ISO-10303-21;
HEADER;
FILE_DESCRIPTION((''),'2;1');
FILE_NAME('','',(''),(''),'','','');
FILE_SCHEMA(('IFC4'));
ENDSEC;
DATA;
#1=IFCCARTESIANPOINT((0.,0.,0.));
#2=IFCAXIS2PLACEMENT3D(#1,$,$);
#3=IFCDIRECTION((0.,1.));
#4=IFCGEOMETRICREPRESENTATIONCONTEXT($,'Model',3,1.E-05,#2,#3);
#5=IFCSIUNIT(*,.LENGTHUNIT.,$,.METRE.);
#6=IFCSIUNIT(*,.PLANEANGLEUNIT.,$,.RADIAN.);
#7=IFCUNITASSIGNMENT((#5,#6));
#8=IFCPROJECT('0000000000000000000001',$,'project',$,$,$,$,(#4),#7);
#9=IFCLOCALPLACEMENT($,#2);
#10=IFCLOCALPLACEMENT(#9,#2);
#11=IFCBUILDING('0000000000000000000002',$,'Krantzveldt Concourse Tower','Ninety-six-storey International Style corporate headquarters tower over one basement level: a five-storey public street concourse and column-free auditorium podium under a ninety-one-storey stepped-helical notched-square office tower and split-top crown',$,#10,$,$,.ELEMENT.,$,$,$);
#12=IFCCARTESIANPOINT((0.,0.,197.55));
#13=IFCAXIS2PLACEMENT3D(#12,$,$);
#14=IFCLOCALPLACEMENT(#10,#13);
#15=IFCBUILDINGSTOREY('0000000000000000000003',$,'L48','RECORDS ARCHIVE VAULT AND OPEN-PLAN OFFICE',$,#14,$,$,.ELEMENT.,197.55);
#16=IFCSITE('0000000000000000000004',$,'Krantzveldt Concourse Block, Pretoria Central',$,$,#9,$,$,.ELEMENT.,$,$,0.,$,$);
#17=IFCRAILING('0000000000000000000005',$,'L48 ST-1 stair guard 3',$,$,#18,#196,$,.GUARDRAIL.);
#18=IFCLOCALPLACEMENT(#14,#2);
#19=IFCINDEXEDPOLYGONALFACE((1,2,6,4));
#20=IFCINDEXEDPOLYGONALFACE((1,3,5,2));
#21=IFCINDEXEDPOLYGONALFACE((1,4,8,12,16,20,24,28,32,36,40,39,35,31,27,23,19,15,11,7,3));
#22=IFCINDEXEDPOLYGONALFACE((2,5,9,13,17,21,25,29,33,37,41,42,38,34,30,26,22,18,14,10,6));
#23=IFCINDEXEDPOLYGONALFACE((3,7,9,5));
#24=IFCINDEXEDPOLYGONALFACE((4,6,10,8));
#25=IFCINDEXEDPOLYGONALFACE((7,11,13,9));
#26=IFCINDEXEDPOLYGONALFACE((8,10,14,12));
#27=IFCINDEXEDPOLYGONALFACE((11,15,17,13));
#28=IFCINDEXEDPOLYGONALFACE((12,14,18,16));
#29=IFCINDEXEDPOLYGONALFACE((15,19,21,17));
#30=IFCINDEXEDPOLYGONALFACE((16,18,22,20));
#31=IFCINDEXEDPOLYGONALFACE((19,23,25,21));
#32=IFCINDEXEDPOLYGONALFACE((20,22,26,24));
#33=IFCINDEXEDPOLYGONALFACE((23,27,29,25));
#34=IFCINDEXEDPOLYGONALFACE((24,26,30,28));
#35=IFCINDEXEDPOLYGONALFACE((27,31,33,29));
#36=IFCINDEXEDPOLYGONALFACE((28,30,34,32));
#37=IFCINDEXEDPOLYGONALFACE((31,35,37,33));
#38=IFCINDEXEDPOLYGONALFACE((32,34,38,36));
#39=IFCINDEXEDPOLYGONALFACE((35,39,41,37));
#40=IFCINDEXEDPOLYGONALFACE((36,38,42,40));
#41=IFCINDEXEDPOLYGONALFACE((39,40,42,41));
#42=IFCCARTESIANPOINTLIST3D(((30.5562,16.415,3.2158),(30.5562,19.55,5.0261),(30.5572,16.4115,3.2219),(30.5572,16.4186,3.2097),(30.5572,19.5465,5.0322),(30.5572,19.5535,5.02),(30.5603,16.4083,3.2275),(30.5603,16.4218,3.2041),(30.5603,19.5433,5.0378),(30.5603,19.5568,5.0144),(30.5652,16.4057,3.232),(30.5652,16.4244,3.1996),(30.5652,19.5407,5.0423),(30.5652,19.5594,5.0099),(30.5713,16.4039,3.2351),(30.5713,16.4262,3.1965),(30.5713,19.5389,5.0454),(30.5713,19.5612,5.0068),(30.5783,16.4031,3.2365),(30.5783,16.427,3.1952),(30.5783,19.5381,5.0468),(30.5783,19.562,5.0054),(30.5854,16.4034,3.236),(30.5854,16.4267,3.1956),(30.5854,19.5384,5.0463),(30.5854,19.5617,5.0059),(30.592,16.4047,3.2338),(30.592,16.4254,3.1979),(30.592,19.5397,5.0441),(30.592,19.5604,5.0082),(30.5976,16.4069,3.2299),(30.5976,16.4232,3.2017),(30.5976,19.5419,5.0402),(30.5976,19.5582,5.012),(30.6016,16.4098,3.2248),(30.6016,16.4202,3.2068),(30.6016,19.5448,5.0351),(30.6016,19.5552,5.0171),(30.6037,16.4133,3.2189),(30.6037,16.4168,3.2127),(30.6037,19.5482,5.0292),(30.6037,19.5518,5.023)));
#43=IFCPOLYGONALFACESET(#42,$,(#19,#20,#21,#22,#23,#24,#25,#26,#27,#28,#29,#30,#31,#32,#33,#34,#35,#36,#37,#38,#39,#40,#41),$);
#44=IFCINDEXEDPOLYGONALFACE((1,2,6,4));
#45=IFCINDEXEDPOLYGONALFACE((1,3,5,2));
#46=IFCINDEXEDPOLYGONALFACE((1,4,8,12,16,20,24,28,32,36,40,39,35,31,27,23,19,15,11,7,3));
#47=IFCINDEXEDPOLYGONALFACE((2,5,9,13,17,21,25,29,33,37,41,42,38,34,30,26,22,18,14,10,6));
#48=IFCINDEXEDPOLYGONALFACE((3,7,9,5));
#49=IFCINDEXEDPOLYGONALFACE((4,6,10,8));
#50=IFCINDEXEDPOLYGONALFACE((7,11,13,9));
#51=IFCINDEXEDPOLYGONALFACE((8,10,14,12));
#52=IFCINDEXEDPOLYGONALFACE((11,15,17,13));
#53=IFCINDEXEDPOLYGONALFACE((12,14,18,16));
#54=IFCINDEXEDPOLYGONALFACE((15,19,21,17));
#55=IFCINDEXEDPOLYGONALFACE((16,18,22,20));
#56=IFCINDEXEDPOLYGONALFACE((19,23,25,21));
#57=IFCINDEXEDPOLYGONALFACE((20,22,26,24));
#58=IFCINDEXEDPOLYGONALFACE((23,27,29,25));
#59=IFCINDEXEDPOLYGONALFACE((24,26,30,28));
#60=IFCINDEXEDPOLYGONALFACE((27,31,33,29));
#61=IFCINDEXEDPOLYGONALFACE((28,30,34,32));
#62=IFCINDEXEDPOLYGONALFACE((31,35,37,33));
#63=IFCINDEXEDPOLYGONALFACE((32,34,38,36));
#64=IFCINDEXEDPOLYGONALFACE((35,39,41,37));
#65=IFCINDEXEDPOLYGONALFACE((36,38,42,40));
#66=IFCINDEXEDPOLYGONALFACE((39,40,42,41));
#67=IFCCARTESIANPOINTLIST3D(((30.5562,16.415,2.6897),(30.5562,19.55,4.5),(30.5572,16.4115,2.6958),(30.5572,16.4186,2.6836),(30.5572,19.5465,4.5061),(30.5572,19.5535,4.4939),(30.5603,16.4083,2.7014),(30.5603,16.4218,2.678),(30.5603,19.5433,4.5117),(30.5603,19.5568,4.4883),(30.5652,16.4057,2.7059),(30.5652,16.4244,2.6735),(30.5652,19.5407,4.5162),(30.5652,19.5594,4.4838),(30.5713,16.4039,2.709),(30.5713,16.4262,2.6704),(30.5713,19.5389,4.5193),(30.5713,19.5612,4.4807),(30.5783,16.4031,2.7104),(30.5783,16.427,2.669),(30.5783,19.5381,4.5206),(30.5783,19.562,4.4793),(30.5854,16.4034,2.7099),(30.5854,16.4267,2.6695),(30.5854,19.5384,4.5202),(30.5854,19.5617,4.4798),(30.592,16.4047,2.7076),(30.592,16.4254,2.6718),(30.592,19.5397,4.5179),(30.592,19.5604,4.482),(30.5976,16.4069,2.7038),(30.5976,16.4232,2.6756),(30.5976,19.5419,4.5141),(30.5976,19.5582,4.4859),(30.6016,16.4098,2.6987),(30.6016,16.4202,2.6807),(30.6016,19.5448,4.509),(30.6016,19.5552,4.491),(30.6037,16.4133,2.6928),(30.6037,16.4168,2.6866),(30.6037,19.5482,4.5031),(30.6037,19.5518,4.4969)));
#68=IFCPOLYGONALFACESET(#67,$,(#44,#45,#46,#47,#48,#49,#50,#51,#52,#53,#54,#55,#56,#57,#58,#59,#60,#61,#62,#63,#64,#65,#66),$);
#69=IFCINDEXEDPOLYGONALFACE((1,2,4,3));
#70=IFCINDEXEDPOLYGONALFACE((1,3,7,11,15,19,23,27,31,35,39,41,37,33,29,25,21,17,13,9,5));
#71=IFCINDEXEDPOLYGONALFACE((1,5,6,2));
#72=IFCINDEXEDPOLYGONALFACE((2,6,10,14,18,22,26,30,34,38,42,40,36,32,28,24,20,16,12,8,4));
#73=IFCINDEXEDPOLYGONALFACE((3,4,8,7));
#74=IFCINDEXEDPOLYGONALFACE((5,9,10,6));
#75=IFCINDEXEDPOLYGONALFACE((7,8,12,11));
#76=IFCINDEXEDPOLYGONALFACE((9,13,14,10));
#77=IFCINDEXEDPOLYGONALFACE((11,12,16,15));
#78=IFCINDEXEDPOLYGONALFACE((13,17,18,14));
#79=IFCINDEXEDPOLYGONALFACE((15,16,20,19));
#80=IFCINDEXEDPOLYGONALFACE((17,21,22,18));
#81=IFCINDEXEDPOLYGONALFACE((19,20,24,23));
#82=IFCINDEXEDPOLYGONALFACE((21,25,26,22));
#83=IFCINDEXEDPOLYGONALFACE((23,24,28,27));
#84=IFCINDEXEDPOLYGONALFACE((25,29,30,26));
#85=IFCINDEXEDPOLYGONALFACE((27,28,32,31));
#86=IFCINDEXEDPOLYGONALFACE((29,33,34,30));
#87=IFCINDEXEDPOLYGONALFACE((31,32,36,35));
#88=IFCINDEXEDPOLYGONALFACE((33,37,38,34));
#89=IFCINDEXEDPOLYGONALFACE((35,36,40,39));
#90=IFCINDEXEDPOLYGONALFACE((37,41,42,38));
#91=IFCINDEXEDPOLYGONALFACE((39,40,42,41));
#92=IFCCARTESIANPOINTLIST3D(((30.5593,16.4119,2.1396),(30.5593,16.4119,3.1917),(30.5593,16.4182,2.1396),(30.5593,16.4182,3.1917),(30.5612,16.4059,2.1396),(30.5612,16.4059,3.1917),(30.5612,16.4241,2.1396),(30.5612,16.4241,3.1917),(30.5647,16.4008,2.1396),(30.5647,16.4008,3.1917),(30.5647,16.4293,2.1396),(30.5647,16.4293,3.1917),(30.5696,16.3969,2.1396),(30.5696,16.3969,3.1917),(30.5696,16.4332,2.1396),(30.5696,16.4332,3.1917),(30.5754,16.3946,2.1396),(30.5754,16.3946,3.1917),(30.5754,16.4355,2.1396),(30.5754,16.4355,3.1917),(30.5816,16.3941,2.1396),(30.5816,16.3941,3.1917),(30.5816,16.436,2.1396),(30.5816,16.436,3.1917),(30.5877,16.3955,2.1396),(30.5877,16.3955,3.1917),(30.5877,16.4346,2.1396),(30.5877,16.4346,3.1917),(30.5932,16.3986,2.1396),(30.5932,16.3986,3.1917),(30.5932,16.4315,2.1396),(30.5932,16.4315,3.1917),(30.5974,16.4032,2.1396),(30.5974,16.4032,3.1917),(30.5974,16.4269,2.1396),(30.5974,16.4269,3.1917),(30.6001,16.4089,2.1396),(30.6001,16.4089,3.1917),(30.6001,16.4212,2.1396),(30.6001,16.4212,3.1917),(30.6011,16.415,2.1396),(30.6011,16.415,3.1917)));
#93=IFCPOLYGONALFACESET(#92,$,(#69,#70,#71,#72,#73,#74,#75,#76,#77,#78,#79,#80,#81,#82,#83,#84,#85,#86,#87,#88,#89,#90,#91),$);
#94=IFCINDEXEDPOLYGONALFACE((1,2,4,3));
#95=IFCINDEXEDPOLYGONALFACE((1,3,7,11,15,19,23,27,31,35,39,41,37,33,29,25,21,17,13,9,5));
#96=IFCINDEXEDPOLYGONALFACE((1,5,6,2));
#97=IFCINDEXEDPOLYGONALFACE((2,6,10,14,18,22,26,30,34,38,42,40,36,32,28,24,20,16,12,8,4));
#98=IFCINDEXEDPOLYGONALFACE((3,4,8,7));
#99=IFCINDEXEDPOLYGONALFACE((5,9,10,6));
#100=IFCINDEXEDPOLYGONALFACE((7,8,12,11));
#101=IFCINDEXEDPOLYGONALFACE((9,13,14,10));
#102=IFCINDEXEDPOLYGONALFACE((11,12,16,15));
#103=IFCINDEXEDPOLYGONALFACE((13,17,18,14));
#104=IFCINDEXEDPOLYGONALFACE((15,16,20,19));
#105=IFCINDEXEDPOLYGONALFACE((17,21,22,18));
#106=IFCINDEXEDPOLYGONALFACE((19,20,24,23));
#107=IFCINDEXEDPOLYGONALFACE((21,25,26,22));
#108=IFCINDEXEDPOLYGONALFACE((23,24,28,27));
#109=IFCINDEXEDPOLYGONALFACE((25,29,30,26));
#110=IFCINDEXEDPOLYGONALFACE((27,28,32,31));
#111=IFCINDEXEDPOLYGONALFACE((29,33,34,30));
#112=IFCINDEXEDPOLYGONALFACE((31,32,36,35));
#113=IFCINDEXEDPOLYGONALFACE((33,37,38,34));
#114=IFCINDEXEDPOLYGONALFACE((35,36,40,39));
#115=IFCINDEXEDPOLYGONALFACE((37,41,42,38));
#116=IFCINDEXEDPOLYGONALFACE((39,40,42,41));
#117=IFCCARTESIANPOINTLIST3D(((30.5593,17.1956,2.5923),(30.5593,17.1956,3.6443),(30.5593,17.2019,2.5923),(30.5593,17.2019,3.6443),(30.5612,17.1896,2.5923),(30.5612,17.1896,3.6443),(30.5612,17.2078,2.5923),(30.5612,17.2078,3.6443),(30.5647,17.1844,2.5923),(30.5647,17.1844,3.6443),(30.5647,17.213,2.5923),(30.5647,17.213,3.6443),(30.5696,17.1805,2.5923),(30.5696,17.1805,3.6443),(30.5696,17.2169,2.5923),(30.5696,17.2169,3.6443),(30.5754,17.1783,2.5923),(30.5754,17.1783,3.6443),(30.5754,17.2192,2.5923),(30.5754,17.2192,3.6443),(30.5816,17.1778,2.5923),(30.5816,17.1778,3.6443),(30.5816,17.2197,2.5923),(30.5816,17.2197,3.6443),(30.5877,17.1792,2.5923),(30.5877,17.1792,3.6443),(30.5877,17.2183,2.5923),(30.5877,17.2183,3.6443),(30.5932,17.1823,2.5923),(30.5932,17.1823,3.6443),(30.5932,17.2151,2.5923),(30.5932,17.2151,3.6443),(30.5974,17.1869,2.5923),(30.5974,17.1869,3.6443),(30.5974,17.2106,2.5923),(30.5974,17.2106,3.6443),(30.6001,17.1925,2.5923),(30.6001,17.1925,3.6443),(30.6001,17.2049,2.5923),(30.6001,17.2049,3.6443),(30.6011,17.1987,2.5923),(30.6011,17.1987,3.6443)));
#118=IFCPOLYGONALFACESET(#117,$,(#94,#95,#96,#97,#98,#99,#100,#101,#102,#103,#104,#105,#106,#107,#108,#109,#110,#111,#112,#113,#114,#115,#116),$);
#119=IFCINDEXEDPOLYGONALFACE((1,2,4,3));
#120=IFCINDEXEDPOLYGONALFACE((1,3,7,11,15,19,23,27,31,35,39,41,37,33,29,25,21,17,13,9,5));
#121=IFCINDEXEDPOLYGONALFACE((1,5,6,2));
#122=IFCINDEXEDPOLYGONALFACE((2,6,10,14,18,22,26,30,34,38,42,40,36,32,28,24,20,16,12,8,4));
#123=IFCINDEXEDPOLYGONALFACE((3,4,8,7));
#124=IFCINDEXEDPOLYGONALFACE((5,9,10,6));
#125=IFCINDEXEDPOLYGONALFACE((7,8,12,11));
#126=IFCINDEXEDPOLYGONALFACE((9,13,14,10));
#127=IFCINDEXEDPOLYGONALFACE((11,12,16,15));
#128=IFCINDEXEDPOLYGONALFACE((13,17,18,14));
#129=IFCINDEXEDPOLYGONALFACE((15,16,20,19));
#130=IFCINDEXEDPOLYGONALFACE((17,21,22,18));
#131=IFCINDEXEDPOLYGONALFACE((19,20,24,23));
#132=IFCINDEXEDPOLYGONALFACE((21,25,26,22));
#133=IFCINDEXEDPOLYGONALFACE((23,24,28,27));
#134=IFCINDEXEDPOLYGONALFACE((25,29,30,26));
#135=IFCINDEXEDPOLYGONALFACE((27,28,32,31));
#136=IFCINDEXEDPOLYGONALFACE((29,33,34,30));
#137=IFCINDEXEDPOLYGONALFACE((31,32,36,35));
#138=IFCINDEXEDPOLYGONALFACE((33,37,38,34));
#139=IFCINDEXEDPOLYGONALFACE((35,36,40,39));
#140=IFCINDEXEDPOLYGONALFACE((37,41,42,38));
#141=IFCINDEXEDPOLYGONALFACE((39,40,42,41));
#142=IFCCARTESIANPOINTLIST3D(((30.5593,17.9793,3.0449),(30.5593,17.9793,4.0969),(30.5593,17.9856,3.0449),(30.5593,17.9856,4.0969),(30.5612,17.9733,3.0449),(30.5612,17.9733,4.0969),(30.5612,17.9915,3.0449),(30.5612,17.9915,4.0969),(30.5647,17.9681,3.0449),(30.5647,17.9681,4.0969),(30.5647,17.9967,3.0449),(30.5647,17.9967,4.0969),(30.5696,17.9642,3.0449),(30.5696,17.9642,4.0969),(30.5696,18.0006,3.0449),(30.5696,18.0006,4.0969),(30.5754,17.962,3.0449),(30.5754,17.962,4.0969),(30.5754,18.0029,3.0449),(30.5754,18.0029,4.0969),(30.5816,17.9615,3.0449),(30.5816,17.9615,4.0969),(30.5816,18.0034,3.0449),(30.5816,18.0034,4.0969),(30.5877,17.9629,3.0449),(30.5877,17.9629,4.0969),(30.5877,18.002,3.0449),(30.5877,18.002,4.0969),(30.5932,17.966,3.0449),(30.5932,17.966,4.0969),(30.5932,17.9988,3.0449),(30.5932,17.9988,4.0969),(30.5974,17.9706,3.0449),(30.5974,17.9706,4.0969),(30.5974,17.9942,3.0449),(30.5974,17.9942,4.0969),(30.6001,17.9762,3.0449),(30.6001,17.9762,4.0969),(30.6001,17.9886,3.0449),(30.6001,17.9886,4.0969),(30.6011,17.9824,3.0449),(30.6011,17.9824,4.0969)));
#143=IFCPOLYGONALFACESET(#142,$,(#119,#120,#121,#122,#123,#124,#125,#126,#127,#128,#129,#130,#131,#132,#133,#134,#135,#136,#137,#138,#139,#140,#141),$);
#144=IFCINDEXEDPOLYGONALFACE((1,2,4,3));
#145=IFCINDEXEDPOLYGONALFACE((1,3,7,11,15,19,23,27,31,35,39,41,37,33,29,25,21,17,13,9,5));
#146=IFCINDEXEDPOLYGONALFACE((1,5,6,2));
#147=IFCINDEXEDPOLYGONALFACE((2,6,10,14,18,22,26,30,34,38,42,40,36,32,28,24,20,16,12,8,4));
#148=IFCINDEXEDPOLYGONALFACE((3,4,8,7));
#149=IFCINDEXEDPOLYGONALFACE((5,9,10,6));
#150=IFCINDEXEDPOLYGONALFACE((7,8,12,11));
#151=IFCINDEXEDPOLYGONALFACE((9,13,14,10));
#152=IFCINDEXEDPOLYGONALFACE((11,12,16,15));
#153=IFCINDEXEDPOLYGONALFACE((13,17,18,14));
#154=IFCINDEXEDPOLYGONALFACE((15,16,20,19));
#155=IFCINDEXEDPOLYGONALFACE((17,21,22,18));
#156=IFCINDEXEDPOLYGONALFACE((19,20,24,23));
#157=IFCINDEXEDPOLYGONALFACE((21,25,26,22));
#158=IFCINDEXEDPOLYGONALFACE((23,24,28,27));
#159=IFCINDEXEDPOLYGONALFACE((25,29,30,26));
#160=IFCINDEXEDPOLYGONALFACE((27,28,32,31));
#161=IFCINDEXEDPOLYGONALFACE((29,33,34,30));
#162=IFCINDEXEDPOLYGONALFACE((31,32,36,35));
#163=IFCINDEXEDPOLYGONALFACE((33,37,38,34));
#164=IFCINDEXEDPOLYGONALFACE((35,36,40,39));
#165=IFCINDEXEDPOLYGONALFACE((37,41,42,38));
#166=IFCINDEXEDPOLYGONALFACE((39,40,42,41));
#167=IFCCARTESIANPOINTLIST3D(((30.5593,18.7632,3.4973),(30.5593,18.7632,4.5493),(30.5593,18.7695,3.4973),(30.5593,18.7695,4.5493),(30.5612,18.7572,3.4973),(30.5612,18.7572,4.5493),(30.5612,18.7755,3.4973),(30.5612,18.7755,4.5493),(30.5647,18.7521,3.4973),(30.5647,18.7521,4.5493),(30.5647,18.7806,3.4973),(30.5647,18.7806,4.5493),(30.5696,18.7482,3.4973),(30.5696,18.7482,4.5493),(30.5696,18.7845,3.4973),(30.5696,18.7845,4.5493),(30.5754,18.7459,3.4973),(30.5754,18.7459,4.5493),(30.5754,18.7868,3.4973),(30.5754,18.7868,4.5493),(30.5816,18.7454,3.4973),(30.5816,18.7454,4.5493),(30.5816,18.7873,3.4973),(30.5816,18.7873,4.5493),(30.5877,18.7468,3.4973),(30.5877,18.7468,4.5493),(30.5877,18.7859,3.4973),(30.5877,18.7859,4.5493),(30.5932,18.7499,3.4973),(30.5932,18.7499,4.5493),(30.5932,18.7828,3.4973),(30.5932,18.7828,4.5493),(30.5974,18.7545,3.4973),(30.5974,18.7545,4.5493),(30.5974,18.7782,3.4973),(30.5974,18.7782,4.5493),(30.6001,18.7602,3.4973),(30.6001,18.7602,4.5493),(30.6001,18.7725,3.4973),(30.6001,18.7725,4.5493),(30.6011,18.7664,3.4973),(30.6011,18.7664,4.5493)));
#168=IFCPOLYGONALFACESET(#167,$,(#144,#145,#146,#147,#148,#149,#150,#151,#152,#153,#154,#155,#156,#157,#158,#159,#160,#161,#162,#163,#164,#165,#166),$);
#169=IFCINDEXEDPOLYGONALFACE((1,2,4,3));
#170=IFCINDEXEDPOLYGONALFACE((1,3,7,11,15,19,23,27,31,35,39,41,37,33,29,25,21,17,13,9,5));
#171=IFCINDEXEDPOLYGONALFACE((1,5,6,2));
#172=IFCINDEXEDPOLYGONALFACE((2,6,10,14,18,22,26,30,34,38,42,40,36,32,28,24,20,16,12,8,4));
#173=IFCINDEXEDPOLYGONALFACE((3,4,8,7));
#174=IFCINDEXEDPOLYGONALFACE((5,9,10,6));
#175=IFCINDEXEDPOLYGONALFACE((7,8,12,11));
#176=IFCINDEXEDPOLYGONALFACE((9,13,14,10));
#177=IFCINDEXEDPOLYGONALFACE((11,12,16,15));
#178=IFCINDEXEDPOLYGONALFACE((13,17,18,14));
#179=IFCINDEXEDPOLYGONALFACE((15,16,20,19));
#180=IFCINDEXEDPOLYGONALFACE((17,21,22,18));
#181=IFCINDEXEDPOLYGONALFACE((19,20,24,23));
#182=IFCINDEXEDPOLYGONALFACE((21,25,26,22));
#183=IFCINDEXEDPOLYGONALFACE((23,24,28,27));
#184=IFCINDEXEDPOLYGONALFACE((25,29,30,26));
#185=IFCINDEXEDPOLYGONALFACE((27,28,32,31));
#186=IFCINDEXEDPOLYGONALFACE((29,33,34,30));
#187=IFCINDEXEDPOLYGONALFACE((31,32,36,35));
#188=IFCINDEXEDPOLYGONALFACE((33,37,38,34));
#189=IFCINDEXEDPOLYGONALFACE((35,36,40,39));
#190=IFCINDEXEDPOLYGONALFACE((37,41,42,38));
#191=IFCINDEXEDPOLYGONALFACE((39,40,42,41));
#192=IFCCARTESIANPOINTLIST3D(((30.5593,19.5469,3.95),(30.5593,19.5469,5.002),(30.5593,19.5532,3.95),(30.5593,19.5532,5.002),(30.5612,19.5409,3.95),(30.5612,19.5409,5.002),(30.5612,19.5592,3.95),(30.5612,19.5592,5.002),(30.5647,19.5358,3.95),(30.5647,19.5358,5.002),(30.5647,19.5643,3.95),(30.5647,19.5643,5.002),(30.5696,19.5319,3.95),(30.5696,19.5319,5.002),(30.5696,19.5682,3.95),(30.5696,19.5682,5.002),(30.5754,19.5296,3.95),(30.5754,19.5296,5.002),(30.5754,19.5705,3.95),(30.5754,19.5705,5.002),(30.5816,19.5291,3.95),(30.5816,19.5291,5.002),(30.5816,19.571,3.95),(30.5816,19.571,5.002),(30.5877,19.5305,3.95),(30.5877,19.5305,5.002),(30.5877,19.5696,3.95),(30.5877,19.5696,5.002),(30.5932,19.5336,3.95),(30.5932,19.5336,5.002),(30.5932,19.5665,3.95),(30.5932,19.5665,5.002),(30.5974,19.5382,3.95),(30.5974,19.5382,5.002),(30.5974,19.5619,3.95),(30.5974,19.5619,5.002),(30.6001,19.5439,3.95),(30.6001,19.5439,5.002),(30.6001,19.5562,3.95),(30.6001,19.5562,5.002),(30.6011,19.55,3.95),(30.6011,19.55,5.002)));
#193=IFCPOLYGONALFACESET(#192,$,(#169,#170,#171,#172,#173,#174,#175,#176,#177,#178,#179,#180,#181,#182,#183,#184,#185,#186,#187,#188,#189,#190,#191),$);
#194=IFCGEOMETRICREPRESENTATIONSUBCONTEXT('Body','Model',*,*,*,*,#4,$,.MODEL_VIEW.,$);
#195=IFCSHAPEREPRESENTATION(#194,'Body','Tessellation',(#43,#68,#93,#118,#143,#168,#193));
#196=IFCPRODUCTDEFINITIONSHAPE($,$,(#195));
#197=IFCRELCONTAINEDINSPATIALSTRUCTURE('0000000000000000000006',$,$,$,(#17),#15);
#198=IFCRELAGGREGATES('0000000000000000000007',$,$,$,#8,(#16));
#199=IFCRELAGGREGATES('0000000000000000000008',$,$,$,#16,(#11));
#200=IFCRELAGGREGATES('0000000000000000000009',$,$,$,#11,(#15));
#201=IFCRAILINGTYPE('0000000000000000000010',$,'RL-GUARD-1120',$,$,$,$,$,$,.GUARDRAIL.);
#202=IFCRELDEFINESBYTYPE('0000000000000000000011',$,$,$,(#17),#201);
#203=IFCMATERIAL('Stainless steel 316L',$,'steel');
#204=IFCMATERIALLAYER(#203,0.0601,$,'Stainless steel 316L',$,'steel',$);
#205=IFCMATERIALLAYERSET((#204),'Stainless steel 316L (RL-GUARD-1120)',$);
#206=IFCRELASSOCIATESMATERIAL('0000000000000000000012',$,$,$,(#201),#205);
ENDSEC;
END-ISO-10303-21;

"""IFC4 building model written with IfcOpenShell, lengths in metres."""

from ifc_helpers import new_model, si_unit, direction, frame, origin, origin_2d, place, context, subcontext, project, spatial, circle, extrude, material, layer, layer_set, type_object, element, save


model = new_model("IFC4")

# Units and contexts
model_context = context("Model", 3, precision=1e-05, world=origin(), true_north=direction((0.0, 1.0)))
body_context = subcontext(model_context, "Body", "Model", "MODEL_VIEW")
ifc_project = project(units=[si_unit("LENGTHUNIT", "METRE"), si_unit("PLANEANGLEUNIT", "RADIAN")], contexts=[model_context])

# Site, building, storey
site_placement = place(None, origin())
site = spatial("IfcSite", under=ifc_project, at=site_placement, Name="Krantzveldt Concourse Block, Pretoria Central", CompositionType="ELEMENT", RefElevation=0.0)
building_placement = place(site_placement, origin())
building = spatial("IfcBuilding", under=site, at=building_placement, Name="Krantzveldt Concourse Tower", Description="Ninety-six-storey International Style corporate headquarters tower over one basement level: a five-storey public street concourse and column-free auditorium podium under a ninety-one-storey stepped-helical notched-square office tower and split-top crown", CompositionType="ELEMENT")
storey_placement = place(building_placement, frame((0.0, 0.0, 197.55)))
storey = spatial("IfcBuildingStorey", under=building, at=storey_placement, Name="L48", Description="RECORDS ARCHIVE VAULT AND OPEN-PLAN OFFICE", CompositionType="ELEMENT", Elevation=197.55)

# Shared definitions
ifc_material_1 = material(Name="Stainless steel 316L", Category="steel")

# Railing
ifc_layer_1 = layer(ifc_material_1, 0.0601, Name="Stainless steel 316L", Category="steel")
ifc_layer_set_1 = layer_set([ifc_layer_1], Name="Stainless steel 316L (RL-GUARD-1120)")
railing_type_1 = type_object("IfcRailingType", Name="RL-GUARD-1120", PredefinedType="GUARDRAIL", material=ifc_layer_set_1)
railing_1_placement = place(storey_placement, frame((30.5801, 16.415, 2.1396)))
element("IfcRailing", 1, at=railing_1_placement, inside=storey, type_object=railing_type_1, Name="L48 ST-1 stair guard 3", PredefinedType="GUARDRAIL", context=body_context, shape_type="SweptSolid", body=[
    extrude(circle(Radius=0.0239, at=origin_2d()), frame((0.0, 0.0, 1.0762), z_axis=(0.0, 0.865989, 0.500063), x_axis=(-1.0, 0.0, 0.0)), (0.0, 0.0, 1.0), 3.6201),
    extrude(circle(Radius=0.0239, at=origin_2d()), frame((0.0, 0.0, 0.55), z_axis=(0.0, 0.865989, 0.500063), x_axis=(-1.0, 0.0, 0.0)), (0.0, 0.0, 1.0), 3.6201),
    extrude(circle(Radius=0.021, at=origin_2d()), origin(), (0.0, 0.0, 1.0), 1.052),
    extrude(circle(Radius=0.021, at=origin_2d()), frame((0.0, 0.7837, 0.4526)), (0.0, 0.0, 1.0), 1.052),
    extrude(circle(Radius=0.021, at=origin_2d()), frame((0.0, 1.5674, 0.9053)), (0.0, 0.0, 1.0), 1.052),
    extrude(circle(Radius=0.021, at=origin_2d()), frame((0.0, 2.3513, 1.3577)), (0.0, 0.0, 1.0), 1.052),
    extrude(circle(Radius=0.021, at=origin_2d()), frame((0.0, 3.135, 1.8103)), (0.0, 0.0, 1.0), 1.052),
])

save(model, "model.ifc")
